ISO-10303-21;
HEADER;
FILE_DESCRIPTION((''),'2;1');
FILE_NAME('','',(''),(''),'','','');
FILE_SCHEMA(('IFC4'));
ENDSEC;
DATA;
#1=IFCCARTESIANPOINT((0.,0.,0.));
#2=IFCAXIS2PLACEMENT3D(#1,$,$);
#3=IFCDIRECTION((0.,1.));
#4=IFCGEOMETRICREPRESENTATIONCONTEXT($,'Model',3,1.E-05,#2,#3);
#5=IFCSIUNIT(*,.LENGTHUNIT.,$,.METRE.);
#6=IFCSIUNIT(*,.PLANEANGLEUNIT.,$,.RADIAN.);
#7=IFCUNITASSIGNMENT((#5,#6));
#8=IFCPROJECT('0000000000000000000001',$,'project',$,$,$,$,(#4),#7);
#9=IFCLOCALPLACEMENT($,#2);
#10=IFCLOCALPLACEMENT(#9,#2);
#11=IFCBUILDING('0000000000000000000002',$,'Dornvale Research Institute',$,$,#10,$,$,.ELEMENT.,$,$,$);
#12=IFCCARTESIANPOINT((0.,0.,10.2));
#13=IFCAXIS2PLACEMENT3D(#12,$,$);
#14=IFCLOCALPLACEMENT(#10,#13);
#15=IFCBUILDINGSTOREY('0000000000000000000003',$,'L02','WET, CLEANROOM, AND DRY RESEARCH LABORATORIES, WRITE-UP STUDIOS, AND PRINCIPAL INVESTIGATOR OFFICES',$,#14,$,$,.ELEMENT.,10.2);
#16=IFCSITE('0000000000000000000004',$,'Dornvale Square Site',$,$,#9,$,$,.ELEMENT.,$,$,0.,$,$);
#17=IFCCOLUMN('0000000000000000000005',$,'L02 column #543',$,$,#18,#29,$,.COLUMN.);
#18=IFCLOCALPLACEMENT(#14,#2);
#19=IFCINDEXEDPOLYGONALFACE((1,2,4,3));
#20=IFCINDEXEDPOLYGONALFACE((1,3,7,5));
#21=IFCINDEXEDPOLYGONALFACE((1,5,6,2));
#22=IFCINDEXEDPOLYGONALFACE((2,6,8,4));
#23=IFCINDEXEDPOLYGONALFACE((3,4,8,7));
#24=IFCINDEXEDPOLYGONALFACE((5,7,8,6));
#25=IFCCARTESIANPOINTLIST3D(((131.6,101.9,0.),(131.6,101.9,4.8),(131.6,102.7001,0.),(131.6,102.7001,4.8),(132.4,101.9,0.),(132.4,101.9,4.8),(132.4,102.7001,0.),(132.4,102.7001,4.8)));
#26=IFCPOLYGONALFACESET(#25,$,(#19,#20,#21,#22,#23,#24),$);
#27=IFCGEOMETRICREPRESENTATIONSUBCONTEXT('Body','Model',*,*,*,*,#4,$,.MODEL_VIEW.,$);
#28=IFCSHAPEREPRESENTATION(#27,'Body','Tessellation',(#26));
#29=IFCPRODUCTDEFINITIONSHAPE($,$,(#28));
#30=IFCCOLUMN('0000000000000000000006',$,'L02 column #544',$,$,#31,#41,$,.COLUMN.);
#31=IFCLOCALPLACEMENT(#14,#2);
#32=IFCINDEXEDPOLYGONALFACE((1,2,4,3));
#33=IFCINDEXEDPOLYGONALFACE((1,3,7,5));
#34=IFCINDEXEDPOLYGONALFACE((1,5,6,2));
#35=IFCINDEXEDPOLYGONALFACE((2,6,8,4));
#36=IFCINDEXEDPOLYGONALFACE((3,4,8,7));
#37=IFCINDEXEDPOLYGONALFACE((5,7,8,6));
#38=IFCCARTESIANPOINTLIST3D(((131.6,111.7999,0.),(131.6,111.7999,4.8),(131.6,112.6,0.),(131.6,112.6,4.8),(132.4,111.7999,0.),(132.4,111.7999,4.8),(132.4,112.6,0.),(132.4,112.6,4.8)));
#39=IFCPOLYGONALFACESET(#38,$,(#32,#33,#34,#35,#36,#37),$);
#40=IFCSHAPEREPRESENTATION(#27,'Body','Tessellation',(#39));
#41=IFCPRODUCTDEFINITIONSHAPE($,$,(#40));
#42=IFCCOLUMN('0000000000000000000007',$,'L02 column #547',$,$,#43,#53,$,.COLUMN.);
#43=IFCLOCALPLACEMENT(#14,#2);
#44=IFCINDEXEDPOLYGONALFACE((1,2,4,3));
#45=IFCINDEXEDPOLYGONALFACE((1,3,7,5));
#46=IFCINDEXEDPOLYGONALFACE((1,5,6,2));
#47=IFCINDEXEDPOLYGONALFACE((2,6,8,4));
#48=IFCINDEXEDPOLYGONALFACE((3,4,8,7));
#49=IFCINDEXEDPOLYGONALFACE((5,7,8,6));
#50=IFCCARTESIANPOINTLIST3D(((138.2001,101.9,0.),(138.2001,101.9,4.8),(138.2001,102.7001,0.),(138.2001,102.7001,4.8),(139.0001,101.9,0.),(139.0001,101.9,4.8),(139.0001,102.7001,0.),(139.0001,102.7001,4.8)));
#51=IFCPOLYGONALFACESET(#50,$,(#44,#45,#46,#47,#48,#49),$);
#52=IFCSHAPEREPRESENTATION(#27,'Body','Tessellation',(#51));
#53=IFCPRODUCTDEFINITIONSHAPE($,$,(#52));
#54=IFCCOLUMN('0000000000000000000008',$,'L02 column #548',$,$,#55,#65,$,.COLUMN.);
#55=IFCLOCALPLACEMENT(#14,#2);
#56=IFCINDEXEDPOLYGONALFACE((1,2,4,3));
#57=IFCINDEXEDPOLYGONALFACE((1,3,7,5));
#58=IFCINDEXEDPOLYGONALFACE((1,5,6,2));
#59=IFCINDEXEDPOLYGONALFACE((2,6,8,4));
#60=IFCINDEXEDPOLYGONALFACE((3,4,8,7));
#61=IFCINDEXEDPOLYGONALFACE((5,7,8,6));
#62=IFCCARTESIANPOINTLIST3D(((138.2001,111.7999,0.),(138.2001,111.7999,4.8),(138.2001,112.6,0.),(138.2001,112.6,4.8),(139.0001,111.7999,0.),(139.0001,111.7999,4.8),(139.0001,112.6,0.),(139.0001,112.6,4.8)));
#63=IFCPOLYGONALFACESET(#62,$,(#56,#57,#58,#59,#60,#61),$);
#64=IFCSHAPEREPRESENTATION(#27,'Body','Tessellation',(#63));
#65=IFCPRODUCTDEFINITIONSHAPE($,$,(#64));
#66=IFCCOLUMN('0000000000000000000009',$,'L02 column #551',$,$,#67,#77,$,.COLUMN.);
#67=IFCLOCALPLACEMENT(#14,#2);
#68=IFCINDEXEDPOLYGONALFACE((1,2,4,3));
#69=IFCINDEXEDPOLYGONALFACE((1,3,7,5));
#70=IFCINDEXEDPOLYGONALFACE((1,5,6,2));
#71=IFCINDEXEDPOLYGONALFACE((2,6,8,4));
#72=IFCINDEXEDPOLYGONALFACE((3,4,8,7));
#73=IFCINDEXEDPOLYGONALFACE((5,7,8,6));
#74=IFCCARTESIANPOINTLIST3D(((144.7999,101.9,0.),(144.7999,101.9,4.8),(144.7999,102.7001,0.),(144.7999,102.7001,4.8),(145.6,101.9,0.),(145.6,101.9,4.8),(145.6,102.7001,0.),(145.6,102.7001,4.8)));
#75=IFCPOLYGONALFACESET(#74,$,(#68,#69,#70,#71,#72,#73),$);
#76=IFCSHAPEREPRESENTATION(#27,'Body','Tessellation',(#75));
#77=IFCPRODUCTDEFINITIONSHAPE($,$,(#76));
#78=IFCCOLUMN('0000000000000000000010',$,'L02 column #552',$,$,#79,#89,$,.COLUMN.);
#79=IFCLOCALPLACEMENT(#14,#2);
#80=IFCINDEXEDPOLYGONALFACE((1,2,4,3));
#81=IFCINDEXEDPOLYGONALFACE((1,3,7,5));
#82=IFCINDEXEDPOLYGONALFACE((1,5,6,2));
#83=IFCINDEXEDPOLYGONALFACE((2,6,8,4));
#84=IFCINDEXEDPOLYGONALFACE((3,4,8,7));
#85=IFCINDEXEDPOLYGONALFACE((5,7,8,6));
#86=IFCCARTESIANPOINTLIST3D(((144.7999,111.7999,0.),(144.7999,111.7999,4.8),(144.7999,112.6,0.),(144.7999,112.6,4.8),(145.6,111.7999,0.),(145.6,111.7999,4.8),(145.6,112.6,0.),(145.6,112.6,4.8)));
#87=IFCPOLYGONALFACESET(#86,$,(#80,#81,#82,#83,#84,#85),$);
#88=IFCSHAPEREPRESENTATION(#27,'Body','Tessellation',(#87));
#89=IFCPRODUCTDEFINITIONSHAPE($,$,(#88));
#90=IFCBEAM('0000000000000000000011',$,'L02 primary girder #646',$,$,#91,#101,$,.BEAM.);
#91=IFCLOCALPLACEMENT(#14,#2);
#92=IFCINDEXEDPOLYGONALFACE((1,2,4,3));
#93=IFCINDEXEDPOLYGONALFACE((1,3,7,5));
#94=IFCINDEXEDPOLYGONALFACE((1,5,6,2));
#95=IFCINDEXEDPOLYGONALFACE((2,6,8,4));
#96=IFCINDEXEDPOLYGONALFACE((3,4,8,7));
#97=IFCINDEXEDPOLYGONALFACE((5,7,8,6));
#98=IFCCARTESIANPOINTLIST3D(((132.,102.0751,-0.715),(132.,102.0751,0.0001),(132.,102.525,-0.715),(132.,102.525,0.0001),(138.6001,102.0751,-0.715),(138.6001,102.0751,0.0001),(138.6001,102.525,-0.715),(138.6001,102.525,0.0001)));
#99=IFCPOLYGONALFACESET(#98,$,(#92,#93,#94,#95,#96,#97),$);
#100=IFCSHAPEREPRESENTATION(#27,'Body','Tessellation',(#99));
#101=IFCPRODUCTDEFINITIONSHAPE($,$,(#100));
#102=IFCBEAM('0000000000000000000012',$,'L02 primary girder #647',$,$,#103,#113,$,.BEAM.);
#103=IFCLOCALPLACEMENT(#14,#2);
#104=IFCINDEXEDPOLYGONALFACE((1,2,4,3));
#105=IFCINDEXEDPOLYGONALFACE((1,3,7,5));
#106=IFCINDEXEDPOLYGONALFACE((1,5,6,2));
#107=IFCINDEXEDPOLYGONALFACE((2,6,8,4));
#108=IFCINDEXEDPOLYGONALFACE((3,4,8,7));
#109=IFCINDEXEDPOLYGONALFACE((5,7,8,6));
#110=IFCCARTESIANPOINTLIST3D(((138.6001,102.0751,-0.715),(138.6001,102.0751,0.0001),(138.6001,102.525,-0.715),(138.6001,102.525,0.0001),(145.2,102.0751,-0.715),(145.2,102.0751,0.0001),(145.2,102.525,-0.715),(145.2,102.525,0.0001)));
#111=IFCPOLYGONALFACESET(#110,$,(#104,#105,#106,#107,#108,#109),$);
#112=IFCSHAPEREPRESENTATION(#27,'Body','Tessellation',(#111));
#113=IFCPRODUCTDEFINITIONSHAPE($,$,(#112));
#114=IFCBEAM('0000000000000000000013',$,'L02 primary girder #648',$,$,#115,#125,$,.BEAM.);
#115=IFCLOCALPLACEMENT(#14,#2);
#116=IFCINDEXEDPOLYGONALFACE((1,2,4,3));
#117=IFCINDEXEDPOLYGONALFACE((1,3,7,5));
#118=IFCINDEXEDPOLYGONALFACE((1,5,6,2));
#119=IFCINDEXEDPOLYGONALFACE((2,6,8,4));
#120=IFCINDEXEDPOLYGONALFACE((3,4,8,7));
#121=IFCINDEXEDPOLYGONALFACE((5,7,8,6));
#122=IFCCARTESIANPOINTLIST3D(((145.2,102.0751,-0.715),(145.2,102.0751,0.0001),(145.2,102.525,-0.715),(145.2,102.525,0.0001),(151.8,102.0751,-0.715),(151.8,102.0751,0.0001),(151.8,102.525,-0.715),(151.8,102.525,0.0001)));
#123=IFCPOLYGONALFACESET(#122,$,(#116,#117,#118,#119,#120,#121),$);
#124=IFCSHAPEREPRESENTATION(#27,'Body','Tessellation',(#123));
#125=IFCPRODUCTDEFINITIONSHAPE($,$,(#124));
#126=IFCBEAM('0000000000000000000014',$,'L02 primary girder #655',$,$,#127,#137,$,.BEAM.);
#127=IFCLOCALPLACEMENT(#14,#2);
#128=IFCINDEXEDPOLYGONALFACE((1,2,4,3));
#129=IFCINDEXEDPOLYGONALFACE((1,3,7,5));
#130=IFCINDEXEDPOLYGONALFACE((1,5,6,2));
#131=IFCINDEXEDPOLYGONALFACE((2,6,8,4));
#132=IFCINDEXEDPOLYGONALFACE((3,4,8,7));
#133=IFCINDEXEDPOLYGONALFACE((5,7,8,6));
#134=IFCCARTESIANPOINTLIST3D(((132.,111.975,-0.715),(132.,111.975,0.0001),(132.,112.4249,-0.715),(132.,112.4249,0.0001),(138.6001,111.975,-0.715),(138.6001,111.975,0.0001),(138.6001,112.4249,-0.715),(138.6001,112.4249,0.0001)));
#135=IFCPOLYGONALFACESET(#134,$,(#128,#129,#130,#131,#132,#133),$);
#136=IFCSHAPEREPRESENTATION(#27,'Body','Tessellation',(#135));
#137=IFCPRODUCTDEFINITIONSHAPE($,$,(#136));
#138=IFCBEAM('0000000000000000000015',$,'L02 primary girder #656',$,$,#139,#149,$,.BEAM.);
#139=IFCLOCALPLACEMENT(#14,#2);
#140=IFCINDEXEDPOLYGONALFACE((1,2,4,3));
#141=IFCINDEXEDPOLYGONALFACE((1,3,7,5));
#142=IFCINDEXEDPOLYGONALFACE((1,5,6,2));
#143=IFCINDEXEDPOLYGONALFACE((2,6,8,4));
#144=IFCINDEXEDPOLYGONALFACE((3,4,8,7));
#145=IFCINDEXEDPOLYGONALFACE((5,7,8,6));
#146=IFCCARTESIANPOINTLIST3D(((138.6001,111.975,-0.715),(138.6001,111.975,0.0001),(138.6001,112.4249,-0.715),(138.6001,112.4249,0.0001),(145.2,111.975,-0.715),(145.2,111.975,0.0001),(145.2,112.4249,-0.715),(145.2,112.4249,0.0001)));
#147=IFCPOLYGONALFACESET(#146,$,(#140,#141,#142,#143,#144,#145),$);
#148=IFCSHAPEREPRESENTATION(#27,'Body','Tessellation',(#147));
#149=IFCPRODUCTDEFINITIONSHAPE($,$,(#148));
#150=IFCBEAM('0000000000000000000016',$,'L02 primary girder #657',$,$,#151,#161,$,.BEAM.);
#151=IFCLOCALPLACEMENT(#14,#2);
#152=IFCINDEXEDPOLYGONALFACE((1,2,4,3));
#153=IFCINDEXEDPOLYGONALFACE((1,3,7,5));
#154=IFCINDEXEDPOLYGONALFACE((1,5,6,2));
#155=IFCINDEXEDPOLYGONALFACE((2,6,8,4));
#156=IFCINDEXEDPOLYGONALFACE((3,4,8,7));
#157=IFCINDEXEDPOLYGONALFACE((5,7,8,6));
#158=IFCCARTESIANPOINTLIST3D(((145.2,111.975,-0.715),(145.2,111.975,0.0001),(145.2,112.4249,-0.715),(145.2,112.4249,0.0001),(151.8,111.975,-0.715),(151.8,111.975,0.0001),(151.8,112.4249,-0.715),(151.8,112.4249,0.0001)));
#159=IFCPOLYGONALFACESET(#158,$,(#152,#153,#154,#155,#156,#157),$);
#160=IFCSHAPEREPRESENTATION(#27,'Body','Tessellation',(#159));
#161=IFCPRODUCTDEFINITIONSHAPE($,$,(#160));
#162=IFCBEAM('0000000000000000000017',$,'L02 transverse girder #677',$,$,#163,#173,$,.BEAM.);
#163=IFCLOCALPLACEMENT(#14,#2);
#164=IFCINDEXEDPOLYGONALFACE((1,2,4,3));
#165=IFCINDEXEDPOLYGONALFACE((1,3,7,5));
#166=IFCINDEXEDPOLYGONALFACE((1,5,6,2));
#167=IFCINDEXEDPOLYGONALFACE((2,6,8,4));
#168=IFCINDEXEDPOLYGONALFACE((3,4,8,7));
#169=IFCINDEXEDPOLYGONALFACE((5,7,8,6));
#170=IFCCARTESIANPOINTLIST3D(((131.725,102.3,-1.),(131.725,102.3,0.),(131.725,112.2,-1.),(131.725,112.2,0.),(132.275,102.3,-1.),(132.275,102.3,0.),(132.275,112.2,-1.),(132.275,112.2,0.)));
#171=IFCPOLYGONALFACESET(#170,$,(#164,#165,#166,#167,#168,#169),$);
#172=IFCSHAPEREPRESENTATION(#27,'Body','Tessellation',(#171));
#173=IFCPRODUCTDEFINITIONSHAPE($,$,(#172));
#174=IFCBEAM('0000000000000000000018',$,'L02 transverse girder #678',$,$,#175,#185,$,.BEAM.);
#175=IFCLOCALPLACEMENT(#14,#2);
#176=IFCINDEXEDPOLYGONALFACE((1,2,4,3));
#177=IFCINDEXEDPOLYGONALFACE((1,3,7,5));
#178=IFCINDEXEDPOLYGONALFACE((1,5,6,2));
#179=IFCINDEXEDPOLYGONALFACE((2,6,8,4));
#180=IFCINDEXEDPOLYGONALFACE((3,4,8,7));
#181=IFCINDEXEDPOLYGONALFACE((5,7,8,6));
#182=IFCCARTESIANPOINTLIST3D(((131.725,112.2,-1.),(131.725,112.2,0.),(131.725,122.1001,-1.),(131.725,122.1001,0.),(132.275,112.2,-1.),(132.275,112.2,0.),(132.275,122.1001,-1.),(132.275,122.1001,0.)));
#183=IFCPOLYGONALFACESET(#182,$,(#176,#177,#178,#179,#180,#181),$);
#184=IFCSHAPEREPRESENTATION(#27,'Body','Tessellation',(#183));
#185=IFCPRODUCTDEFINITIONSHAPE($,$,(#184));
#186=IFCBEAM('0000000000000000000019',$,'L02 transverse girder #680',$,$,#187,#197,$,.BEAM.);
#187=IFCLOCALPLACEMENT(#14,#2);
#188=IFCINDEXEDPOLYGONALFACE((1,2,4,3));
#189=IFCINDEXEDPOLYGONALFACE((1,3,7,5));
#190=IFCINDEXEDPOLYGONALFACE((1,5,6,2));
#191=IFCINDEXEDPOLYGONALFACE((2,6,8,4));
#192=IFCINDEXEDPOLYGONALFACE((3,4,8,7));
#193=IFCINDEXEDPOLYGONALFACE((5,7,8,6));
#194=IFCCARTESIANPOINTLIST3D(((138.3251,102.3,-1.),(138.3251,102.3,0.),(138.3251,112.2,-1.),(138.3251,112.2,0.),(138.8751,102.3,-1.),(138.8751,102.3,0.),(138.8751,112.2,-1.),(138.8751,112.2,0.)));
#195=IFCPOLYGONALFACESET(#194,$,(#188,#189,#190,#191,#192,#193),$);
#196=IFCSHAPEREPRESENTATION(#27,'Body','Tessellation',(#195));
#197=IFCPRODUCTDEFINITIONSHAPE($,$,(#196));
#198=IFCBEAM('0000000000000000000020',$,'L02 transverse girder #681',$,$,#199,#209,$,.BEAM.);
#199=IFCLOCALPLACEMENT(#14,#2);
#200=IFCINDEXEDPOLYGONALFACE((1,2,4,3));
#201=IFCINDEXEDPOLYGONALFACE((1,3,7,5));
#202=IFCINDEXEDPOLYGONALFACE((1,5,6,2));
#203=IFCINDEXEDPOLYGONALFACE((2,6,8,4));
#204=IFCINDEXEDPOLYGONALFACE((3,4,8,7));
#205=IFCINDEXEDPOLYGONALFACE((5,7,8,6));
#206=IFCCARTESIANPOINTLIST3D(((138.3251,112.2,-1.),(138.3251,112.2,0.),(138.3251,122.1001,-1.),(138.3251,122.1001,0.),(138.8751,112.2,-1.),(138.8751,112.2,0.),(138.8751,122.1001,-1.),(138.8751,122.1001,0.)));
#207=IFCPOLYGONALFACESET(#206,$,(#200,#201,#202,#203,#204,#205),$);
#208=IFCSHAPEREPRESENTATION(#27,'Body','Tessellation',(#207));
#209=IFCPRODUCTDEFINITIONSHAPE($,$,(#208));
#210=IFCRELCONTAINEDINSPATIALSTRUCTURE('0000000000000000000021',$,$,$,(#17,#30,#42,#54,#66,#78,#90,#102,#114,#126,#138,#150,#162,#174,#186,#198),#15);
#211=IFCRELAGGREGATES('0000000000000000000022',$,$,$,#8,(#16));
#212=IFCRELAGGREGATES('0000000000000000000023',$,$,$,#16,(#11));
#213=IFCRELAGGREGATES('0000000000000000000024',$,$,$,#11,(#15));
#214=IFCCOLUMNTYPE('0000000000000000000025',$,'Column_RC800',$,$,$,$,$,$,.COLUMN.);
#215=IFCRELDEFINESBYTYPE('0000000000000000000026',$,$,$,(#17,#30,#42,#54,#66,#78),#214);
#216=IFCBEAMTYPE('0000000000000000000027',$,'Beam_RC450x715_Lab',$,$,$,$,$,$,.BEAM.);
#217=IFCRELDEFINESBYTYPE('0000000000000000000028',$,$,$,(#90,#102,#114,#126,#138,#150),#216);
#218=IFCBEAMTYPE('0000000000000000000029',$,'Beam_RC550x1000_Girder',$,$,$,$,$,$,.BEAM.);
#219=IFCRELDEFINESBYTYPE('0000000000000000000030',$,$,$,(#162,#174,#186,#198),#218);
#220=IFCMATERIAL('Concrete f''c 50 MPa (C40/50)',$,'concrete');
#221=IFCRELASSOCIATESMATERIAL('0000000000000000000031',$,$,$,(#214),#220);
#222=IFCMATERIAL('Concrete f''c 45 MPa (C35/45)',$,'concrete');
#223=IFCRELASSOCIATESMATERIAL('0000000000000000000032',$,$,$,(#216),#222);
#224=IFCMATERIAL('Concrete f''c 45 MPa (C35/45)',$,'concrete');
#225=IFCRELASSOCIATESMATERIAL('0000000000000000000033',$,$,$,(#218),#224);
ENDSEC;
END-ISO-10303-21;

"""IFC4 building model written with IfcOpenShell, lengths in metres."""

from ifc_helpers import new_model, si_unit, direction, frame, origin, origin_2d, place, context, subcontext, project, spatial, rectangle, extrude, material, material_profile, profile_set, type_object, element, save


model = new_model("IFC4")

# Units and contexts
model_context = context("Model", 3, precision=1e-05, world=origin(), true_north=direction((0.0, 1.0)))
body_context = subcontext(model_context, "Body", "Model", "MODEL_VIEW")
ifc_project = project(units=[si_unit("LENGTHUNIT", "METRE"), si_unit("PLANEANGLEUNIT", "RADIAN")], contexts=[model_context])

# Site, building, storey
site_placement = place(None, origin())
site = spatial("IfcSite", under=ifc_project, at=site_placement, Name="Dornvale Square Site", CompositionType="ELEMENT", RefElevation=0.0)
building_placement = place(site_placement, origin())
building = spatial("IfcBuilding", under=site, at=building_placement, Name="Dornvale Research Institute", CompositionType="ELEMENT")
storey_placement = place(building_placement, frame((0.0, 0.0, 10.2)))
storey = spatial("IfcBuildingStorey", under=building, at=storey_placement, Name="L02", Description="WET, CLEANROOM, AND DRY RESEARCH LABORATORIES, WRITE-UP STUDIOS, AND PRINCIPAL INVESTIGATOR OFFICES", CompositionType="ELEMENT", Elevation=10.2)

# Columns
ifc_material_1 = material(Name="Concrete f'c 50 MPa (C40/50)", Category="concrete")
ifc_material_profile_1 = material_profile(ifc_material_1, rectangle(XDim=0.8, YDim=0.8, at=origin_2d()), Name="RC 800x800")
ifc_profile_set_1 = profile_set([ifc_material_profile_1], Name="Concrete f'c 50 MPa (C40/50)")
column_type = type_object("IfcColumnType", Name="Column_RC800", PredefinedType="COLUMN", material=ifc_profile_set_1)
for number, where, z_axis, x_axis, name in (
    (1, (132.0, 102.3, 0.0), (0.0, 0.0, 1.0), (1.0, 0.0, 0.0), "L02 column #543"),
    (2, (132.0, 112.2, 0.0), (0.0, 0.0, 1.0), (1.0, 0.0, 0.0), "L02 column #544"),
    (3, (138.6001, 102.3, 0.0), (0.0, 0.0, 1.0), (1.0, 0.0, 0.0), "L02 column #547"),
    (4, (138.6001, 112.2, 0.0), (0.0, 0.0, 1.0), (1.0, 0.0, 0.0), "L02 column #548"),
    (5, (145.2, 102.3, 0.0), (0.0, 0.0, 1.0), (1.0, 0.0, 0.0), "L02 column #551"),
    (6, (145.2, 112.2, 0.0), (0.0, 0.0, 1.0), (1.0, 0.0, 0.0), "L02 column #552"),
):
    element("IfcColumn", number, at=place(storey_placement, frame(where, z_axis=z_axis, x_axis=x_axis)), inside=storey, type_object=column_type, Name=name, PredefinedType="COLUMN", context=body_context, shape_type="SweptSolid", body=[
        extrude(rectangle(XDim=0.8, YDim=0.8, at=origin_2d()), origin(), (0.0, 0.0, 1.0), 4.8),
    ])

# Beams
ifc_material_2 = material(Name="Concrete f'c 45 MPa (C35/45)", Category="concrete")
ifc_material_profile_2 = material_profile(ifc_material_2, rectangle(XDim=0.45, YDim=0.7151, at=origin_2d()), Name="RC 450x715")
ifc_profile_set_2 = profile_set([ifc_material_profile_2], Name="Concrete f'c 45 MPa (C35/45)")
beam_type_1 = type_object("IfcBeamType", Name="Beam_RC450x715_Lab", PredefinedType="BEAM", material=ifc_profile_set_2)
beam_1_placement = place(storey_placement, frame((132.0, 102.3, -0.3574), z_axis=(1.0, 0.0, 0.0), x_axis=(0.0, 1.0, 0.0)))
element("IfcBeam", 7, at=beam_1_placement, inside=storey, type_object=beam_type_1, Name="L02 primary girder #646", PredefinedType="BEAM", context=body_context, shape_type="SweptSolid", body=[
    extrude(rectangle(XDim=0.45, YDim=0.7151, at=origin_2d()), origin(), (0.0, 0.0, 1.0), 6.6001),
])
beam_2_placement = place(storey_placement, frame((138.6001, 102.3, -0.3574), z_axis=(1.0, 0.0, 0.0), x_axis=(0.0, 1.0, 0.0)))
element("IfcBeam", 8, at=beam_2_placement, inside=storey, type_object=beam_type_1, Name="L02 primary girder #647", PredefinedType="BEAM", context=body_context, shape_type="SweptSolid", body=[
    extrude(rectangle(XDim=0.45, YDim=0.7151, at=origin_2d()), origin(), (0.0, 0.0, 1.0), 6.5999),
])
for number, where, z_axis, x_axis, name in (
    (9, (145.2, 102.3, -0.3574), (1.0, 0.0, 0.0), (0.0, 1.0, 0.0), "L02 primary girder #648"),
    (10, (132.0, 112.2, -0.3574), (1.0, 0.0, 0.0), (0.0, 1.0, 0.0), "L02 primary girder #655"),
):
    element("IfcBeam", number, at=place(storey_placement, frame(where, z_axis=z_axis, x_axis=x_axis)), inside=storey, type_object=beam_type_1, Name=name, PredefinedType="BEAM", context=body_context, shape_type="SweptSolid", body=[
        extrude(rectangle(XDim=0.45, YDim=0.7151, at=origin_2d()), origin(), (0.0, 0.0, 1.0), 6.6001),
    ])
beam_3_placement = place(storey_placement, frame((138.6001, 112.2, -0.3574), z_axis=(1.0, 0.0, 0.0), x_axis=(0.0, 1.0, 0.0)))
element("IfcBeam", 11, at=beam_3_placement, inside=storey, type_object=beam_type_1, Name="L02 primary girder #656", PredefinedType="BEAM", context=body_context, shape_type="SweptSolid", body=[
    extrude(rectangle(XDim=0.45, YDim=0.7151, at=origin_2d()), origin(), (0.0, 0.0, 1.0), 6.5999),
])
beam_4_placement = place(storey_placement, frame((145.2, 112.2, -0.3574), z_axis=(1.0, 0.0, 0.0), x_axis=(0.0, 1.0, 0.0)))
element("IfcBeam", 12, at=beam_4_placement, inside=storey, type_object=beam_type_1, Name="L02 primary girder #657", PredefinedType="BEAM", context=body_context, shape_type="SweptSolid", body=[
    extrude(rectangle(XDim=0.45, YDim=0.7151, at=origin_2d()), origin(), (0.0, 0.0, 1.0), 6.6001),
])
ifc_material_3 = material(Name="Concrete f'c 45 MPa (C35/45)", Category="concrete")
ifc_material_profile_3 = material_profile(ifc_material_3, rectangle(XDim=0.55, YDim=1.0, at=origin_2d()), Name="RC 550x1000")
ifc_profile_set_3 = profile_set([ifc_material_profile_3], Name="Concrete f'c 45 MPa (C35/45)")
beam_type_2 = type_object("IfcBeamType", Name="Beam_RC550x1000_Girder", PredefinedType="BEAM", material=ifc_profile_set_3)
beam_5_placement = place(storey_placement, frame((132.0, 102.3, -0.5), z_axis=(0.0, 1.0, 0.0), x_axis=(-1.0, 0.0, 0.0)))
element("IfcBeam", 13, at=beam_5_placement, inside=storey, type_object=beam_type_2, Name="L02 transverse girder #677", PredefinedType="BEAM", context=body_context, shape_type="SweptSolid", body=[
    extrude(rectangle(XDim=0.55, YDim=1.0, at=origin_2d()), origin(), (0.0, 0.0, 1.0), 9.8999),
])
beam_6_placement = place(storey_placement, frame((132.0, 112.2, -0.5), z_axis=(0.0, 1.0, 0.0), x_axis=(-1.0, 0.0, 0.0)))
element("IfcBeam", 14, at=beam_6_placement, inside=storey, type_object=beam_type_2, Name="L02 transverse girder #678", PredefinedType="BEAM", context=body_context, shape_type="SweptSolid", body=[
    extrude(rectangle(XDim=0.55, YDim=1.0, at=origin_2d()), origin(), (0.0, 0.0, 1.0), 9.9001),
])
beam_7_placement = place(storey_placement, frame((138.6001, 102.3, -0.5), z_axis=(0.0, 1.0, 0.0), x_axis=(-1.0, 0.0, 0.0)))
element("IfcBeam", 15, at=beam_7_placement, inside=storey, type_object=beam_type_2, Name="L02 transverse girder #680", PredefinedType="BEAM", context=body_context, shape_type="SweptSolid", body=[
    extrude(rectangle(XDim=0.55, YDim=1.0, at=origin_2d()), origin(), (0.0, 0.0, 1.0), 9.8999),
])
beam_8_placement = place(storey_placement, frame((138.6001, 112.2, -0.5), z_axis=(0.0, 1.0, 0.0), x_axis=(-1.0, 0.0, 0.0)))
element("IfcBeam", 16, at=beam_8_placement, inside=storey, type_object=beam_type_2, Name="L02 transverse girder #681", PredefinedType="BEAM", context=body_context, shape_type="SweptSolid", body=[
    extrude(rectangle(XDim=0.55, YDim=1.0, at=origin_2d()), origin(), (0.0, 0.0, 1.0), 9.9001),
])

save(model, "model.ifc")
